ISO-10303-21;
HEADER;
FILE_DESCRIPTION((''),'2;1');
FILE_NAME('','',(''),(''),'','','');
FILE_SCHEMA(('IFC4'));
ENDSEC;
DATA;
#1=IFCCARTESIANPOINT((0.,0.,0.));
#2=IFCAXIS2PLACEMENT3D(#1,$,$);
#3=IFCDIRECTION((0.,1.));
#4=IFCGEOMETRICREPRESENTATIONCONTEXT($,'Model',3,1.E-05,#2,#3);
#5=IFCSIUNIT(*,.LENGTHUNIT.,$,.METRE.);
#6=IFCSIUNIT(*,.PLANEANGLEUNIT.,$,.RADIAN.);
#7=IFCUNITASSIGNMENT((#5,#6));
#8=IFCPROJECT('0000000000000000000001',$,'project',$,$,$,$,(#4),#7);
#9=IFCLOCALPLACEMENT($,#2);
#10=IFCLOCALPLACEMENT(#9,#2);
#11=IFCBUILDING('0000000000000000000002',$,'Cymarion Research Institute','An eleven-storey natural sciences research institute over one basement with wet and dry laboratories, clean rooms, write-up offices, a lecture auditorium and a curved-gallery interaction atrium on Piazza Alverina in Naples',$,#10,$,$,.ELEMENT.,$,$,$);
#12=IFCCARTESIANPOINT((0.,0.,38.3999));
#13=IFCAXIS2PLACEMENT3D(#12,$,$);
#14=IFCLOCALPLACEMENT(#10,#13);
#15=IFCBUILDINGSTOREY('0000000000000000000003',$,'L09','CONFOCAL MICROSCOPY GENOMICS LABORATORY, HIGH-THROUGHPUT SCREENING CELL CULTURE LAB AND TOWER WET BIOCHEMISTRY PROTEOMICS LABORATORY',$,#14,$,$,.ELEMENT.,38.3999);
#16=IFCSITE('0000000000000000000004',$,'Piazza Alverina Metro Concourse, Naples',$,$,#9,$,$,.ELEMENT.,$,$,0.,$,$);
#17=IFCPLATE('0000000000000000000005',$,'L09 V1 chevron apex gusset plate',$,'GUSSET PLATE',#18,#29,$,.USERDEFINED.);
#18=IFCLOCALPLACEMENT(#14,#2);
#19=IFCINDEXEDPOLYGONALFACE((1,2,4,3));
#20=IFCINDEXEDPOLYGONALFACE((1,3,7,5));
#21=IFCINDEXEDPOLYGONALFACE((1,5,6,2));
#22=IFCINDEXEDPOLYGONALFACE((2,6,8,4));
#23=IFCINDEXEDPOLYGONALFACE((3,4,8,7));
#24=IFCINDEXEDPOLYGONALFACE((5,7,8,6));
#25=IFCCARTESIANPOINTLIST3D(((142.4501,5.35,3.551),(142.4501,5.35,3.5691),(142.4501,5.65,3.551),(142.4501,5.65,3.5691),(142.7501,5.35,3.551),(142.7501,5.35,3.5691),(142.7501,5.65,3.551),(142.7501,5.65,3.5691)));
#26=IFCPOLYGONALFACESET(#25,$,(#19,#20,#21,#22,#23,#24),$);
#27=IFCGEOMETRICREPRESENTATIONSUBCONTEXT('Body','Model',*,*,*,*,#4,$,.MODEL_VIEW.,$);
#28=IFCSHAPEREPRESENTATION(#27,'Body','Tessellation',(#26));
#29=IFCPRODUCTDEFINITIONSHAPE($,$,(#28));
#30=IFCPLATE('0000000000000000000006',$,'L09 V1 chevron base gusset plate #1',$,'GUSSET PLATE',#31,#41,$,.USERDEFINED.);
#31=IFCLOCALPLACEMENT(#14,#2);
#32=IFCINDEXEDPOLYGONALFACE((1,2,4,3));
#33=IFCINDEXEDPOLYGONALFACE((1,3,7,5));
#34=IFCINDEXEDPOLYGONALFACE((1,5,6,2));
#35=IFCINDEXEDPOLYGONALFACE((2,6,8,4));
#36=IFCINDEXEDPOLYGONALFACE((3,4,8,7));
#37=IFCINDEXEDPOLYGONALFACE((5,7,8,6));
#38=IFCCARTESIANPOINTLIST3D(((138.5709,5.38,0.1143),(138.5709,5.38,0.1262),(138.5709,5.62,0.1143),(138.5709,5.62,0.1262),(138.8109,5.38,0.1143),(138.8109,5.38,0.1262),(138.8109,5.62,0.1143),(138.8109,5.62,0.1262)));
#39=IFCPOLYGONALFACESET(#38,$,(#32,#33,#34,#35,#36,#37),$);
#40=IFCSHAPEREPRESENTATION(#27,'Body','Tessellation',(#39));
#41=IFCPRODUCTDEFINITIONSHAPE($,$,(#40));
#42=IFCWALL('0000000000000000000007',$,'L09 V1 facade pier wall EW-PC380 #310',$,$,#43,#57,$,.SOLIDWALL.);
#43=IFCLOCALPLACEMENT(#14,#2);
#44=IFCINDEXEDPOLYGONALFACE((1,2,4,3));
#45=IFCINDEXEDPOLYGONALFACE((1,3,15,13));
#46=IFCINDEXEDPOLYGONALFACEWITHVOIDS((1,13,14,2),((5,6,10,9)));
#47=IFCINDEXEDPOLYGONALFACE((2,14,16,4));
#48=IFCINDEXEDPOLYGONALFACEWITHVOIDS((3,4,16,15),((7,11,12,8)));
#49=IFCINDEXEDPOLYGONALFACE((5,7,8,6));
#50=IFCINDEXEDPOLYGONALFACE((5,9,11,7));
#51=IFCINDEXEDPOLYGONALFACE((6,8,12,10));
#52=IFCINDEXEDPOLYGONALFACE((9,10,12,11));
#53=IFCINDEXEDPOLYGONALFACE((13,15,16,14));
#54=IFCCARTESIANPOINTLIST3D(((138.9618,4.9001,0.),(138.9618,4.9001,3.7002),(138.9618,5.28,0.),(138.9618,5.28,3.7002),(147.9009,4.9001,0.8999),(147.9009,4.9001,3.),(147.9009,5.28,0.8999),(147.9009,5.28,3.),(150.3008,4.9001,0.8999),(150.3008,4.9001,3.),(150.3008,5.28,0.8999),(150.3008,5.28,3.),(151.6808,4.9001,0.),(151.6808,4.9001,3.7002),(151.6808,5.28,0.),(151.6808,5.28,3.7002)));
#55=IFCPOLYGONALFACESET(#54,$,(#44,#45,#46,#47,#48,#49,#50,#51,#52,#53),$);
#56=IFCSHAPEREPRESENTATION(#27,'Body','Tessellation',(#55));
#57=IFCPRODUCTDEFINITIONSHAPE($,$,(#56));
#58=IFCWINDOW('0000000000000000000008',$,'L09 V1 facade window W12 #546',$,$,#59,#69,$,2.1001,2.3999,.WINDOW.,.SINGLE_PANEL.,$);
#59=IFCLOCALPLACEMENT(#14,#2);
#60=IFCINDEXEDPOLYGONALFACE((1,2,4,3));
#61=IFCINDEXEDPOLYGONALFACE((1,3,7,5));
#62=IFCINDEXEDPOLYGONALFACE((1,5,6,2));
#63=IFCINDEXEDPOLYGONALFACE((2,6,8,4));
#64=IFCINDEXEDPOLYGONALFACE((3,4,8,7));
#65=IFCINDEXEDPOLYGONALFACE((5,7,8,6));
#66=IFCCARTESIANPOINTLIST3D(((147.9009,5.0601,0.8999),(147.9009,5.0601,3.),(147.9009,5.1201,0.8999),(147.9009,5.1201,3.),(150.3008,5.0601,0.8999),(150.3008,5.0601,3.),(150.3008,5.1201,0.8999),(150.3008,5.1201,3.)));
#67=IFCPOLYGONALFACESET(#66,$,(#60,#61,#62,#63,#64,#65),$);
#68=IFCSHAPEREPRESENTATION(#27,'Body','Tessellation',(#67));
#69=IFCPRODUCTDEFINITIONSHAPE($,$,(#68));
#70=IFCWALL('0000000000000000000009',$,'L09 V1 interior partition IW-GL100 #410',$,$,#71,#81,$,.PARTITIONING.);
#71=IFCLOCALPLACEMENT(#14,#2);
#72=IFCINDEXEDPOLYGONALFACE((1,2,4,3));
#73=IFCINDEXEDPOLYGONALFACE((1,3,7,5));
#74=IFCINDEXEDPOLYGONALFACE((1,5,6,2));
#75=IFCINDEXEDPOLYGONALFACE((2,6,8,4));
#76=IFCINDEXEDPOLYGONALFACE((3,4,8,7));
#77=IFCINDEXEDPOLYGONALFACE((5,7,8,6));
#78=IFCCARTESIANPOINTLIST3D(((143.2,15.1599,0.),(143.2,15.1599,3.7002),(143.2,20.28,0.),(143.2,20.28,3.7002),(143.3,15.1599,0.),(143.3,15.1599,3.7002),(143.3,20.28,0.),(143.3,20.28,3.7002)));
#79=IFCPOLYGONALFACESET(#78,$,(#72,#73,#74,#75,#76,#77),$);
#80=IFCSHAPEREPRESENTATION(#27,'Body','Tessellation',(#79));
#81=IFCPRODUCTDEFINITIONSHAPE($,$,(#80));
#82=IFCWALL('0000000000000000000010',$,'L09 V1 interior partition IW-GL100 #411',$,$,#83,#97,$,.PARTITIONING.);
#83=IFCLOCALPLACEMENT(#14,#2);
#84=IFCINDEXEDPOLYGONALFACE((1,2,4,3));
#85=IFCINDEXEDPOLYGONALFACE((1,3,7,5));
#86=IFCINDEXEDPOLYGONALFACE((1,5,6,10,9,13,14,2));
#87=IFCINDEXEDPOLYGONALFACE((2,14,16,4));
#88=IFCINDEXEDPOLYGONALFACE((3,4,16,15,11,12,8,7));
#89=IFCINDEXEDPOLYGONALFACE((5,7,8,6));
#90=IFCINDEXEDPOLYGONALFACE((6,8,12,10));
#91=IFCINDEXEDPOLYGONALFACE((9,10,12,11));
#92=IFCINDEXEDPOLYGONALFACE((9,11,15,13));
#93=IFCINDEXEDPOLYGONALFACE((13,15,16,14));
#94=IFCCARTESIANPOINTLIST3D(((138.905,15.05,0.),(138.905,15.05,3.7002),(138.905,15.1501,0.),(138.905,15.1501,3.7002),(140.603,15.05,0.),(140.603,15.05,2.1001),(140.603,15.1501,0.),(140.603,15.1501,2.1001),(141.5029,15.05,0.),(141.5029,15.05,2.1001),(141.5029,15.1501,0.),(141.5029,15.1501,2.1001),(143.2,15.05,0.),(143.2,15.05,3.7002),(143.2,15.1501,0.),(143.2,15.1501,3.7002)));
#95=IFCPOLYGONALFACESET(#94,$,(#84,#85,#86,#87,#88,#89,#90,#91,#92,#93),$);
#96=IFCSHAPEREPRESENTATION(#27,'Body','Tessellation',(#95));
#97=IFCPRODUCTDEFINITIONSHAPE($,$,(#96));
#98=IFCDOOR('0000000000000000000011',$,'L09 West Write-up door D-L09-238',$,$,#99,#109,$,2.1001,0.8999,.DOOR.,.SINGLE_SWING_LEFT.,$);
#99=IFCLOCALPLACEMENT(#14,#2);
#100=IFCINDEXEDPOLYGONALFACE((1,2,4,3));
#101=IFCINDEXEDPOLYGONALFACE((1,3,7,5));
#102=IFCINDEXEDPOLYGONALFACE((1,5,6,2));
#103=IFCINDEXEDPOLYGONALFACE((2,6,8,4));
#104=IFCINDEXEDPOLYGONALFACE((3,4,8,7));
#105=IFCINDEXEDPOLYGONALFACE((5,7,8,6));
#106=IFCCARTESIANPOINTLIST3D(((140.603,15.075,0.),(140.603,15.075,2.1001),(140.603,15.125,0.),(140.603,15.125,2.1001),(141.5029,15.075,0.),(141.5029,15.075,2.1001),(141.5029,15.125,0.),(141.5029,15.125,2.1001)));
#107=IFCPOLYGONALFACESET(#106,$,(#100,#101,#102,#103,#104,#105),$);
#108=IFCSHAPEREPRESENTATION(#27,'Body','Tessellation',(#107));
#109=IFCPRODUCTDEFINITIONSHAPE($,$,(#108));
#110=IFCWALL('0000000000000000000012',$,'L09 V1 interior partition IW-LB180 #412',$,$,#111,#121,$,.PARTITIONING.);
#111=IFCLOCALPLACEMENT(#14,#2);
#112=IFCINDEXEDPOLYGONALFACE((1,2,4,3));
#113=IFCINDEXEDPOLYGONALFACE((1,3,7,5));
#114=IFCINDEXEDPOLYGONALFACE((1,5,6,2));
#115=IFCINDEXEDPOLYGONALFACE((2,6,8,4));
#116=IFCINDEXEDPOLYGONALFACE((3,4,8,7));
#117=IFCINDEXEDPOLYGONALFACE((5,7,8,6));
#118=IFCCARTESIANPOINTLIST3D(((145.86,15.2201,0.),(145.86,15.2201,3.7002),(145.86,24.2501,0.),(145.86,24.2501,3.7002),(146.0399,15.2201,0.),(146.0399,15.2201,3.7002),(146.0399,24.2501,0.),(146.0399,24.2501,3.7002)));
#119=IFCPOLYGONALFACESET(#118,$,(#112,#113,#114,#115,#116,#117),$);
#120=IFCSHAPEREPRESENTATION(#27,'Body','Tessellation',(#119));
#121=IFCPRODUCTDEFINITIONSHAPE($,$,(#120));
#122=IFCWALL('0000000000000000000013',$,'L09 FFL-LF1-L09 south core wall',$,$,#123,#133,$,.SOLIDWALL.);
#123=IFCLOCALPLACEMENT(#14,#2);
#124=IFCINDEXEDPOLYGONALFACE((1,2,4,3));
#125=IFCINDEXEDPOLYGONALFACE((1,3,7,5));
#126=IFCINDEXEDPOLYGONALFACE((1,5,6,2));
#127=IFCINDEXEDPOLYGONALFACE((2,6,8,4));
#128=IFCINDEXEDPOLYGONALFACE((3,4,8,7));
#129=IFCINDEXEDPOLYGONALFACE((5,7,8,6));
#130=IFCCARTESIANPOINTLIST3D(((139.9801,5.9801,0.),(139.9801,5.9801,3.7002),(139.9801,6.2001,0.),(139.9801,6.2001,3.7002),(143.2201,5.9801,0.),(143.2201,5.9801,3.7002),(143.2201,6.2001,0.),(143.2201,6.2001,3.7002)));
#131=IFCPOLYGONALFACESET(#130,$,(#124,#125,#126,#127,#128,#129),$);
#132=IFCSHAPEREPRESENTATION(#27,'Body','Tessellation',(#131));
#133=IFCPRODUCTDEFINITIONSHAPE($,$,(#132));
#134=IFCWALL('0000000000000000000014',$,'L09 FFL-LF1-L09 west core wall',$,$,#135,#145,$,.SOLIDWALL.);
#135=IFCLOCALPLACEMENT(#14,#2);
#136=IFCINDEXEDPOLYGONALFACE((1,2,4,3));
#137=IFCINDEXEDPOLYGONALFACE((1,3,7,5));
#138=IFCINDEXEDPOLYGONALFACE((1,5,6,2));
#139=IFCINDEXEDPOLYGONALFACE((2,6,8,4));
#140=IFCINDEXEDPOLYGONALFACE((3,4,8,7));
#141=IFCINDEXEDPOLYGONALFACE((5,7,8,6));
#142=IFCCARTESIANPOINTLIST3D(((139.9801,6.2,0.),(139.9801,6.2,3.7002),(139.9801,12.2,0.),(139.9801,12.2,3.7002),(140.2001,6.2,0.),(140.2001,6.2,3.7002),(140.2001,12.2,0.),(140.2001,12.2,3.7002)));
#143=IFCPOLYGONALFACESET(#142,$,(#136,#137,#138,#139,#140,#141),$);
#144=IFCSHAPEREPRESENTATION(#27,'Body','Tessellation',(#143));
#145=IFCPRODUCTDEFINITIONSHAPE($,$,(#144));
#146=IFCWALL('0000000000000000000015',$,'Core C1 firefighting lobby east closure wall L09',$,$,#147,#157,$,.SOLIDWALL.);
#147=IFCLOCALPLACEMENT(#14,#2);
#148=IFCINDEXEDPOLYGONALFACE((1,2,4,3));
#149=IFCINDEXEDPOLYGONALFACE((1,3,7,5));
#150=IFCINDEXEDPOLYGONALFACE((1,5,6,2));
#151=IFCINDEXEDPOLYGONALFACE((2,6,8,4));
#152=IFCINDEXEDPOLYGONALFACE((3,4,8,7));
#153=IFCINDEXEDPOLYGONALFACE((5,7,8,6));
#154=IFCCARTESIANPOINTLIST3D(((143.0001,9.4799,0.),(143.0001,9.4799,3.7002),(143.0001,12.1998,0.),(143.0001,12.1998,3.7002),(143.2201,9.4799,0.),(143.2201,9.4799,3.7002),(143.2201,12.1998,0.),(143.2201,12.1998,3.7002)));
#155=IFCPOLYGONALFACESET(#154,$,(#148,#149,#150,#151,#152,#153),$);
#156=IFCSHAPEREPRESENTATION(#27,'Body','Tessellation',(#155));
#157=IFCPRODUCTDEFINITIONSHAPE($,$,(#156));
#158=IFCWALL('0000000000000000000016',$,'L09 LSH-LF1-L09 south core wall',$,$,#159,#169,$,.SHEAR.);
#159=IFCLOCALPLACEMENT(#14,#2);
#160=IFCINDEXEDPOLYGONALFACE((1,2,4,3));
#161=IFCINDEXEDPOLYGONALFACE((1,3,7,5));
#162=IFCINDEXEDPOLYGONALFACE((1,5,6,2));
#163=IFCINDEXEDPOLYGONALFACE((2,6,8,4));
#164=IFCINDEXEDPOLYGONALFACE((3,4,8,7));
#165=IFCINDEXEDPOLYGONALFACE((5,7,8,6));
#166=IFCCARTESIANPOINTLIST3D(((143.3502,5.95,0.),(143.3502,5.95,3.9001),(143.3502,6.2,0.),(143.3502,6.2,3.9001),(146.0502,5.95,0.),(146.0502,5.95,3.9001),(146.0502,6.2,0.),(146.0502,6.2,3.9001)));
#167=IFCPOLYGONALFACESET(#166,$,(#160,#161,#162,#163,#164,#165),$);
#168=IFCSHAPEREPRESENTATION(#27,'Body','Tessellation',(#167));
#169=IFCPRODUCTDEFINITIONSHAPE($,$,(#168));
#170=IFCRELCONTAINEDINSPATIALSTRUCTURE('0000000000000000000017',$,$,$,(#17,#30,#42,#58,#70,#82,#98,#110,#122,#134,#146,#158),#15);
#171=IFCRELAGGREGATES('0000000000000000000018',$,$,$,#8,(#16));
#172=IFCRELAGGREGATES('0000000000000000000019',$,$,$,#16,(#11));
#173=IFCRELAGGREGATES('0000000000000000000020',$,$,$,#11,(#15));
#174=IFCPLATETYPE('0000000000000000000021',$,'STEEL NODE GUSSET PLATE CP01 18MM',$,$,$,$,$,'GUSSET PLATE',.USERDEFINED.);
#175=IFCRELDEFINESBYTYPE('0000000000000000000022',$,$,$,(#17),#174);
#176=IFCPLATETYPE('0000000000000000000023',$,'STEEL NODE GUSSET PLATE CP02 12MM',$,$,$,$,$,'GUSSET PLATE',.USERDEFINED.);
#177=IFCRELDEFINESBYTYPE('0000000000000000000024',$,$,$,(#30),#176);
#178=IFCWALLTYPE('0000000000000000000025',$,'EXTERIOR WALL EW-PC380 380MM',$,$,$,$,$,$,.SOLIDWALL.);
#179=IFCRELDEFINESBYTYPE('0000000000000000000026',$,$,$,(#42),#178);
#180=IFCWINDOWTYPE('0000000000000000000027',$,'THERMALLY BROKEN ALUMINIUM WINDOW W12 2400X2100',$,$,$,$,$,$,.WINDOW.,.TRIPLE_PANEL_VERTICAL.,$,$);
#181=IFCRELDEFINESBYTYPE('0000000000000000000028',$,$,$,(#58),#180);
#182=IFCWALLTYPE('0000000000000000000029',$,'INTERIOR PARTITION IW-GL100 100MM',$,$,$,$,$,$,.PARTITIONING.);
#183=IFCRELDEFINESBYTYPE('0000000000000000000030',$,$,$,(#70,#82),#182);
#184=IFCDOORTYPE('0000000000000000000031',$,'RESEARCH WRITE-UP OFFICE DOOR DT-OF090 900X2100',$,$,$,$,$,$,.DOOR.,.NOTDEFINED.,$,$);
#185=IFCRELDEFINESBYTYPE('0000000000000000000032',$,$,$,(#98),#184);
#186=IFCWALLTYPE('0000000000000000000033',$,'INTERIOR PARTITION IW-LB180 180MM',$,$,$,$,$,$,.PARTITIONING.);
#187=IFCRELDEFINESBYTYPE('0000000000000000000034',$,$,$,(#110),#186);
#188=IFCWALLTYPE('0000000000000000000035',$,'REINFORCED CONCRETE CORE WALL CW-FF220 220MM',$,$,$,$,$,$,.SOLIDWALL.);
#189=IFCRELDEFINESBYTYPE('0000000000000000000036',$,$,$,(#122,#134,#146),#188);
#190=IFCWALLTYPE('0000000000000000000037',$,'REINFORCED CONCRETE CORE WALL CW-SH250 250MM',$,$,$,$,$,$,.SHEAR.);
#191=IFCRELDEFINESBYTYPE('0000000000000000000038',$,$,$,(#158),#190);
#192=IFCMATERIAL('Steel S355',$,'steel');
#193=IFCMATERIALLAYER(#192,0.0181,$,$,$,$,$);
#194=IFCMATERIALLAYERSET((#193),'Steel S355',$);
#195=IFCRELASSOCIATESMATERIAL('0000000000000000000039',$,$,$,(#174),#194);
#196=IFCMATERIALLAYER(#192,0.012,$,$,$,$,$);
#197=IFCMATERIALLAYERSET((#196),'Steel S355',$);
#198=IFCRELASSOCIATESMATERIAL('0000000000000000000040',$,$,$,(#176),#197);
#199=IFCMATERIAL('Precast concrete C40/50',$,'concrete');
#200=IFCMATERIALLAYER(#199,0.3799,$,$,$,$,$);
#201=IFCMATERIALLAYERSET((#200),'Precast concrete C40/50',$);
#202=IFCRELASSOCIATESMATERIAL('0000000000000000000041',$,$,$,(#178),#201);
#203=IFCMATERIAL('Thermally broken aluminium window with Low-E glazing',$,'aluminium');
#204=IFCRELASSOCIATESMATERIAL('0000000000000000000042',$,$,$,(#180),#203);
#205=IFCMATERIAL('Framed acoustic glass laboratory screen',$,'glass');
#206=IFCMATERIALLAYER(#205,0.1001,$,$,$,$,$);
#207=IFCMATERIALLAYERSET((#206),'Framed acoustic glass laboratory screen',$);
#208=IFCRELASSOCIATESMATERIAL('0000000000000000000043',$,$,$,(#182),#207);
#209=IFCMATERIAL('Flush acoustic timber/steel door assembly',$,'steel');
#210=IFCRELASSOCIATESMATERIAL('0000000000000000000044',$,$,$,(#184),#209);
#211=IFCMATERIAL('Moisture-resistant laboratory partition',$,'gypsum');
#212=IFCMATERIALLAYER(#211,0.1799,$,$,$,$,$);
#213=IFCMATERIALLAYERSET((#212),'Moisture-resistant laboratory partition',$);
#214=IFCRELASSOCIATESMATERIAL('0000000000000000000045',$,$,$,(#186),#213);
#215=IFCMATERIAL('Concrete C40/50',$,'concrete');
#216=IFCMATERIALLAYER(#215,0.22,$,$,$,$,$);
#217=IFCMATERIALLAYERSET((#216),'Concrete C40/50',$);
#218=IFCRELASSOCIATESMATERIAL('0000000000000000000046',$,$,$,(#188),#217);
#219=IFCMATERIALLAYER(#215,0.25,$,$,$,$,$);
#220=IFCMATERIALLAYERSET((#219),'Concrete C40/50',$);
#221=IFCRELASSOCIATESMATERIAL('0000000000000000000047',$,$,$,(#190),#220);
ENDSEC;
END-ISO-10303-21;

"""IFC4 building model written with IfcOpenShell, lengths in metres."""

from ifc_helpers import new_model, si_unit, direction, frame, frame_2d, origin, origin_2d, place, context, subcontext, project, spatial, rectangle, extrude, material, layer, layer_set, type_object, element, fill, save


model = new_model("IFC4")

# Units and contexts
model_context = context("Model", 3, precision=1e-05, world=origin(), true_north=direction((0.0, 1.0)))
body_context = subcontext(model_context, "Body", "Model", "MODEL_VIEW")
ifc_project = project(units=[si_unit("LENGTHUNIT", "METRE"), si_unit("PLANEANGLEUNIT", "RADIAN")], contexts=[model_context])

# Site, building, storey
site_placement = place(None, origin())
site = spatial("IfcSite", under=ifc_project, at=site_placement, Name="Piazza Alverina Metro Concourse, Naples", CompositionType="ELEMENT", RefElevation=0.0)
building_placement = place(site_placement, origin())
building = spatial("IfcBuilding", under=site, at=building_placement, Name="Cymarion Research Institute", Description="An eleven-storey natural sciences research institute over one basement with wet and dry laboratories, clean rooms, write-up offices, a lecture auditorium and a curved-gallery interaction atrium on Piazza Alverina in Naples", CompositionType="ELEMENT")
storey_placement = place(building_placement, frame((0.0, 0.0, 38.3999)))
storey = spatial("IfcBuildingStorey", under=building, at=storey_placement, Name="L09", Description="CONFOCAL MICROSCOPY GENOMICS LABORATORY, HIGH-THROUGHPUT SCREENING CELL CULTURE LAB AND TOWER WET BIOCHEMISTRY PROTEOMICS LABORATORY", CompositionType="ELEMENT", Elevation=38.3999)

# Plates
ifc_material_1 = material(Name="Steel S355", Category="steel")
ifc_layer_1 = layer(ifc_material_1, 0.0181)
ifc_layer_set_1 = layer_set([ifc_layer_1], Name="Steel S355")
plate_type_1 = type_object("IfcPlateType", Name="STEEL NODE GUSSET PLATE CP01 18MM", ElementType="GUSSET PLATE", PredefinedType="USERDEFINED", material=ifc_layer_set_1)
plate_1_placement = place(storey_placement, frame((142.6001, 5.5, 3.551), z_axis=(0.0, 0.0, 1.0), x_axis=(1.0, 0.0, 0.0)))
element("IfcPlate", 1, at=plate_1_placement, inside=storey, type_object=plate_type_1, Name="L09 V1 chevron apex gusset plate", ObjectType="GUSSET PLATE", PredefinedType="USERDEFINED", context=body_context, shape_type="SweptSolid", body=[
    extrude(rectangle(XDim=0.3, YDim=0.3, at=origin_2d()), origin(), (0.0, 0.0, 1.0), 0.0181),
])
ifc_layer_2 = layer(ifc_material_1, 0.012)
ifc_layer_set_2 = layer_set([ifc_layer_2], Name="Steel S355")
plate_type_2 = type_object("IfcPlateType", Name="STEEL NODE GUSSET PLATE CP02 12MM", ElementType="GUSSET PLATE", PredefinedType="USERDEFINED", material=ifc_layer_set_2)
plate_2_placement = place(storey_placement, frame((138.6909, 5.5, 0.1143), z_axis=(0.0, 0.0, 1.0), x_axis=(1.0, 0.0, 0.0)))
element("IfcPlate", 2, at=plate_2_placement, inside=storey, type_object=plate_type_2, Name="L09 V1 chevron base gusset plate #1", ObjectType="GUSSET PLATE", PredefinedType="USERDEFINED", context=body_context, shape_type="SweptSolid", body=[
    extrude(rectangle(XDim=0.24, YDim=0.24, at=origin_2d()), origin(), (0.0, 0.0, 1.0), 0.012),
])

# Wall, opening, window
ifc_material_2 = material(Name="Precast concrete C40/50", Category="concrete")
ifc_layer_3 = layer(ifc_material_2, 0.3799)
ifc_layer_set_3 = layer_set([ifc_layer_3], Name="Precast concrete C40/50")
wall_type_1 = type_object("IfcWallType", Name="EXTERIOR WALL EW-PC380 380MM", PredefinedType="SOLIDWALL", material=ifc_layer_set_3)
wall_1_placement = place(storey_placement, frame((138.9619, 5.0901, 0.0), z_axis=(0.0, 0.0, 1.0), x_axis=(1.0, 0.0, 0.0)))
wall_1 = element("IfcWall", 3, at=wall_1_placement, inside=storey, type_object=wall_type_1, Name="L09 V1 facade pier wall EW-PC380 #310", PredefinedType="SOLIDWALL", context=body_context, shape_type="SweptSolid", body=[
    extrude(rectangle(XDim=12.719, YDim=0.3799, at=frame_2d((6.3594, 0.0))), origin(), (0.0, 0.0, 1.0), 3.7002),
])
opening_1_placement = place(wall_1_placement, frame((8.939, 0.0, 0.8999)))
opening_1 = element("IfcOpeningElement", 4, at=opening_1_placement, cuts=wall_1, PredefinedType="OPENING", context=body_context, shape_type="SweptSolid", body=[
    extrude(rectangle(XDim=2.3999, YDim=2.1001, at=frame_2d((1.2, 1.05))), frame((0.0, 0.2, 0.0), z_axis=(0.0, -1.0, 0.0), x_axis=(1.0, 0.0, 0.0)), (0.0, 0.0, 1.0), 0.3999),
])
ifc_material_3 = material(Name="Thermally broken aluminium window with Low-E glazing", Category="aluminium")
window_type = type_object("IfcWindowType", Name="THERMALLY BROKEN ALUMINIUM WINDOW W12 2400X2100", PartitioningType="TRIPLE_PANEL_VERTICAL", PredefinedType="WINDOW", material=ifc_material_3)
window_placement = place(opening_1_placement, origin())
window = element("IfcWindow", 5, at=window_placement, inside=storey, type_object=window_type, Name="L09 V1 facade window W12 #546", OverallHeight=2.1001, OverallWidth=2.3999, PartitioningType="SINGLE_PANEL", PredefinedType="WINDOW", context=body_context, shape_type="SweptSolid", body=[
    extrude(rectangle(XDim=2.3999, YDim=2.1001, at=frame_2d((1.2, 1.05))), frame((0.0, 0.03, 0.0), z_axis=(0.0, -1.0, 0.0), x_axis=(1.0, 0.0, 0.0)), (0.0, 0.0, 1.0), 0.0601),
])
fill(opening_1, window)

# Wall
ifc_material_4 = material(Name="Framed acoustic glass laboratory screen", Category="glass")
ifc_layer_4 = layer(ifc_material_4, 0.1001)
ifc_layer_set_4 = layer_set([ifc_layer_4], Name="Framed acoustic glass laboratory screen")
wall_type_2 = type_object("IfcWallType", Name="INTERIOR PARTITION IW-GL100 100MM", PredefinedType="PARTITIONING", material=ifc_layer_set_4)
wall_2_placement = place(storey_placement, frame((143.25, 15.1599, 0.0), z_axis=(0.0, 0.0, 1.0), x_axis=(0.0, 1.0, 0.0)))
element("IfcWall", 6, at=wall_2_placement, inside=storey, type_object=wall_type_2, Name="L09 V1 interior partition IW-GL100 #410", PredefinedType="PARTITIONING", context=body_context, shape_type="SweptSolid", body=[
    extrude(rectangle(XDim=5.1201, YDim=0.1001, at=frame_2d((2.5601, 0.0))), origin(), (0.0, 0.0, 1.0), 3.7002),
])

# Wall, opening, door
wall_3_placement = place(storey_placement, frame((138.905, 15.1001, 0.0), z_axis=(0.0, 0.0, 1.0), x_axis=(1.0, 0.0, 0.0)))
wall_3 = element("IfcWall", 7, at=wall_3_placement, inside=storey, type_object=wall_type_2, Name="L09 V1 interior partition IW-GL100 #411", PredefinedType="PARTITIONING", context=body_context, shape_type="SweptSolid", body=[
    extrude(rectangle(XDim=4.2949, YDim=0.1001, at=frame_2d((2.1475, 0.0))), origin(), (0.0, 0.0, 1.0), 3.7002),
])
opening_2_placement = place(wall_3_placement, frame((1.698, 0.0, 0.0)))
opening_2 = element("IfcOpeningElement", 8, at=opening_2_placement, cuts=wall_3, PredefinedType="OPENING", context=body_context, shape_type="SweptSolid", body=[
    extrude(rectangle(XDim=0.8999, YDim=2.1001, at=frame_2d((0.45, 1.05))), frame((0.0, 0.0601, 0.0), z_axis=(0.0, -1.0, 0.0), x_axis=(1.0, 0.0, 0.0)), (0.0, 0.0, 1.0), 0.1201),
])
ifc_material_5 = material(Name="Flush acoustic timber/steel door assembly", Category="steel")
door_type_1 = type_object("IfcDoorType", Name="RESEARCH WRITE-UP OFFICE DOOR DT-OF090 900X2100", OperationType="NOTDEFINED", PredefinedType="DOOR", material=ifc_material_5)
door_1_placement = place(opening_2_placement, origin())
door_1 = element("IfcDoor", 9, at=door_1_placement, inside=storey, type_object=door_type_1, Name="L09 West Write-up door D-L09-238", OperationType="SINGLE_SWING_LEFT", OverallHeight=2.1001, OverallWidth=0.8999, PredefinedType="DOOR", context=body_context, shape_type="SweptSolid", body=[
    extrude(rectangle(XDim=0.8999, YDim=2.1001, at=frame_2d((0.45, 1.05))), frame((0.0, 0.0249, 0.0), z_axis=(0.0, -1.0, 0.0), x_axis=(1.0, 0.0, 0.0)), (0.0, 0.0, 1.0), 0.05),
])
fill(opening_2, door_1)

# Walls
ifc_material_6 = material(Name="Moisture-resistant laboratory partition", Category="gypsum")
ifc_layer_5 = layer(ifc_material_6, 0.1799)
ifc_layer_set_5 = layer_set([ifc_layer_5], Name="Moisture-resistant laboratory partition")
wall_type_3 = type_object("IfcWallType", Name="INTERIOR PARTITION IW-LB180 180MM", PredefinedType="PARTITIONING", material=ifc_layer_set_5)
wall_4_placement = place(storey_placement, frame((145.95, 15.22, 0.0), z_axis=(0.0, 0.0, 1.0), x_axis=(0.0, 1.0, 0.0)))
element("IfcWall", 10, at=wall_4_placement, inside=storey, type_object=wall_type_3, Name="L09 V1 interior partition IW-LB180 #412", PredefinedType="PARTITIONING", context=body_context, shape_type="SweptSolid", body=[
    extrude(rectangle(XDim=9.03, YDim=0.1799, at=frame_2d((4.5151, 0.0))), origin(), (0.0, 0.0, 1.0), 3.7002),
])
ifc_material_7 = material(Name="Concrete C40/50", Category="concrete")
ifc_layer_6 = layer(ifc_material_7, 0.22)
ifc_layer_set_6 = layer_set([ifc_layer_6], Name="Concrete C40/50")
wall_type_4 = type_object("IfcWallType", Name="REINFORCED CONCRETE CORE WALL CW-FF220 220MM", PredefinedType="SOLIDWALL", material=ifc_layer_set_6)
wall_5_placement = place(storey_placement, frame((139.98, 6.0901, 0.0), z_axis=(0.0, 0.0, 1.0), x_axis=(1.0, 0.0, 0.0)))
element("IfcWall", 11, at=wall_5_placement, inside=storey, type_object=wall_type_4, Name="L09 FFL-LF1-L09 south core wall", PredefinedType="SOLIDWALL", context=body_context, shape_type="SweptSolid", body=[
    extrude(rectangle(XDim=3.24, YDim=0.22, at=frame_2d((1.6201, 0.0))), origin(), (0.0, 0.0, 1.0), 3.7002),
])

# Walls
wall_6_placement = place(storey_placement, frame((140.0901, 12.2, 0.0), z_axis=(0.0, 0.0, 1.0), x_axis=(0.0, -1.0, 0.0)))
element("IfcWall", 12, at=wall_6_placement, inside=storey, type_object=wall_type_4, Name="L09 FFL-LF1-L09 west core wall", PredefinedType="SOLIDWALL", context=body_context, shape_type="SweptSolid", body=[
    extrude(rectangle(XDim=6.0, YDim=0.22, at=frame_2d((3.0, 0.0))), origin(), (0.0, 0.0, 1.0), 3.7002),
])
wall_7_placement = place(storey_placement, frame((143.1101, 9.48, 0.0), z_axis=(0.0, 0.0, 1.0), x_axis=(0.0, 1.0, 0.0)))
element("IfcWall", 13, at=wall_7_placement, inside=storey, type_object=wall_type_4, Name="Core C1 firefighting lobby east closure wall L09", PredefinedType="SOLIDWALL", context=body_context, shape_type="SweptSolid", body=[
    extrude(rectangle(XDim=2.72, YDim=0.22, at=frame_2d((1.3599, 0.0))), origin(), (0.0, 0.0, 1.0), 3.7002),
])
ifc_layer_7 = layer(ifc_material_7, 0.25)
ifc_layer_set_7 = layer_set([ifc_layer_7], Name="Concrete C40/50")
wall_type_5 = type_object("IfcWallType", Name="REINFORCED CONCRETE CORE WALL CW-SH250 250MM", PredefinedType="SHEAR", material=ifc_layer_set_7)
wall_8_placement = place(storey_placement, frame((143.3501, 6.075, 0.0), z_axis=(0.0, 0.0, 1.0), x_axis=(1.0, 0.0, 0.0)))
element("IfcWall", 14, at=wall_8_placement, inside=storey, type_object=wall_type_5, Name="L09 LSH-LF1-L09 south core wall", PredefinedType="SHEAR", context=body_context, shape_type="SweptSolid", body=[
    extrude(rectangle(XDim=2.7, YDim=0.25, at=frame_2d((1.3501, 0.0))), origin(), (0.0, 0.0, 1.0), 3.9001),
])

save(model, "model.ifc")
